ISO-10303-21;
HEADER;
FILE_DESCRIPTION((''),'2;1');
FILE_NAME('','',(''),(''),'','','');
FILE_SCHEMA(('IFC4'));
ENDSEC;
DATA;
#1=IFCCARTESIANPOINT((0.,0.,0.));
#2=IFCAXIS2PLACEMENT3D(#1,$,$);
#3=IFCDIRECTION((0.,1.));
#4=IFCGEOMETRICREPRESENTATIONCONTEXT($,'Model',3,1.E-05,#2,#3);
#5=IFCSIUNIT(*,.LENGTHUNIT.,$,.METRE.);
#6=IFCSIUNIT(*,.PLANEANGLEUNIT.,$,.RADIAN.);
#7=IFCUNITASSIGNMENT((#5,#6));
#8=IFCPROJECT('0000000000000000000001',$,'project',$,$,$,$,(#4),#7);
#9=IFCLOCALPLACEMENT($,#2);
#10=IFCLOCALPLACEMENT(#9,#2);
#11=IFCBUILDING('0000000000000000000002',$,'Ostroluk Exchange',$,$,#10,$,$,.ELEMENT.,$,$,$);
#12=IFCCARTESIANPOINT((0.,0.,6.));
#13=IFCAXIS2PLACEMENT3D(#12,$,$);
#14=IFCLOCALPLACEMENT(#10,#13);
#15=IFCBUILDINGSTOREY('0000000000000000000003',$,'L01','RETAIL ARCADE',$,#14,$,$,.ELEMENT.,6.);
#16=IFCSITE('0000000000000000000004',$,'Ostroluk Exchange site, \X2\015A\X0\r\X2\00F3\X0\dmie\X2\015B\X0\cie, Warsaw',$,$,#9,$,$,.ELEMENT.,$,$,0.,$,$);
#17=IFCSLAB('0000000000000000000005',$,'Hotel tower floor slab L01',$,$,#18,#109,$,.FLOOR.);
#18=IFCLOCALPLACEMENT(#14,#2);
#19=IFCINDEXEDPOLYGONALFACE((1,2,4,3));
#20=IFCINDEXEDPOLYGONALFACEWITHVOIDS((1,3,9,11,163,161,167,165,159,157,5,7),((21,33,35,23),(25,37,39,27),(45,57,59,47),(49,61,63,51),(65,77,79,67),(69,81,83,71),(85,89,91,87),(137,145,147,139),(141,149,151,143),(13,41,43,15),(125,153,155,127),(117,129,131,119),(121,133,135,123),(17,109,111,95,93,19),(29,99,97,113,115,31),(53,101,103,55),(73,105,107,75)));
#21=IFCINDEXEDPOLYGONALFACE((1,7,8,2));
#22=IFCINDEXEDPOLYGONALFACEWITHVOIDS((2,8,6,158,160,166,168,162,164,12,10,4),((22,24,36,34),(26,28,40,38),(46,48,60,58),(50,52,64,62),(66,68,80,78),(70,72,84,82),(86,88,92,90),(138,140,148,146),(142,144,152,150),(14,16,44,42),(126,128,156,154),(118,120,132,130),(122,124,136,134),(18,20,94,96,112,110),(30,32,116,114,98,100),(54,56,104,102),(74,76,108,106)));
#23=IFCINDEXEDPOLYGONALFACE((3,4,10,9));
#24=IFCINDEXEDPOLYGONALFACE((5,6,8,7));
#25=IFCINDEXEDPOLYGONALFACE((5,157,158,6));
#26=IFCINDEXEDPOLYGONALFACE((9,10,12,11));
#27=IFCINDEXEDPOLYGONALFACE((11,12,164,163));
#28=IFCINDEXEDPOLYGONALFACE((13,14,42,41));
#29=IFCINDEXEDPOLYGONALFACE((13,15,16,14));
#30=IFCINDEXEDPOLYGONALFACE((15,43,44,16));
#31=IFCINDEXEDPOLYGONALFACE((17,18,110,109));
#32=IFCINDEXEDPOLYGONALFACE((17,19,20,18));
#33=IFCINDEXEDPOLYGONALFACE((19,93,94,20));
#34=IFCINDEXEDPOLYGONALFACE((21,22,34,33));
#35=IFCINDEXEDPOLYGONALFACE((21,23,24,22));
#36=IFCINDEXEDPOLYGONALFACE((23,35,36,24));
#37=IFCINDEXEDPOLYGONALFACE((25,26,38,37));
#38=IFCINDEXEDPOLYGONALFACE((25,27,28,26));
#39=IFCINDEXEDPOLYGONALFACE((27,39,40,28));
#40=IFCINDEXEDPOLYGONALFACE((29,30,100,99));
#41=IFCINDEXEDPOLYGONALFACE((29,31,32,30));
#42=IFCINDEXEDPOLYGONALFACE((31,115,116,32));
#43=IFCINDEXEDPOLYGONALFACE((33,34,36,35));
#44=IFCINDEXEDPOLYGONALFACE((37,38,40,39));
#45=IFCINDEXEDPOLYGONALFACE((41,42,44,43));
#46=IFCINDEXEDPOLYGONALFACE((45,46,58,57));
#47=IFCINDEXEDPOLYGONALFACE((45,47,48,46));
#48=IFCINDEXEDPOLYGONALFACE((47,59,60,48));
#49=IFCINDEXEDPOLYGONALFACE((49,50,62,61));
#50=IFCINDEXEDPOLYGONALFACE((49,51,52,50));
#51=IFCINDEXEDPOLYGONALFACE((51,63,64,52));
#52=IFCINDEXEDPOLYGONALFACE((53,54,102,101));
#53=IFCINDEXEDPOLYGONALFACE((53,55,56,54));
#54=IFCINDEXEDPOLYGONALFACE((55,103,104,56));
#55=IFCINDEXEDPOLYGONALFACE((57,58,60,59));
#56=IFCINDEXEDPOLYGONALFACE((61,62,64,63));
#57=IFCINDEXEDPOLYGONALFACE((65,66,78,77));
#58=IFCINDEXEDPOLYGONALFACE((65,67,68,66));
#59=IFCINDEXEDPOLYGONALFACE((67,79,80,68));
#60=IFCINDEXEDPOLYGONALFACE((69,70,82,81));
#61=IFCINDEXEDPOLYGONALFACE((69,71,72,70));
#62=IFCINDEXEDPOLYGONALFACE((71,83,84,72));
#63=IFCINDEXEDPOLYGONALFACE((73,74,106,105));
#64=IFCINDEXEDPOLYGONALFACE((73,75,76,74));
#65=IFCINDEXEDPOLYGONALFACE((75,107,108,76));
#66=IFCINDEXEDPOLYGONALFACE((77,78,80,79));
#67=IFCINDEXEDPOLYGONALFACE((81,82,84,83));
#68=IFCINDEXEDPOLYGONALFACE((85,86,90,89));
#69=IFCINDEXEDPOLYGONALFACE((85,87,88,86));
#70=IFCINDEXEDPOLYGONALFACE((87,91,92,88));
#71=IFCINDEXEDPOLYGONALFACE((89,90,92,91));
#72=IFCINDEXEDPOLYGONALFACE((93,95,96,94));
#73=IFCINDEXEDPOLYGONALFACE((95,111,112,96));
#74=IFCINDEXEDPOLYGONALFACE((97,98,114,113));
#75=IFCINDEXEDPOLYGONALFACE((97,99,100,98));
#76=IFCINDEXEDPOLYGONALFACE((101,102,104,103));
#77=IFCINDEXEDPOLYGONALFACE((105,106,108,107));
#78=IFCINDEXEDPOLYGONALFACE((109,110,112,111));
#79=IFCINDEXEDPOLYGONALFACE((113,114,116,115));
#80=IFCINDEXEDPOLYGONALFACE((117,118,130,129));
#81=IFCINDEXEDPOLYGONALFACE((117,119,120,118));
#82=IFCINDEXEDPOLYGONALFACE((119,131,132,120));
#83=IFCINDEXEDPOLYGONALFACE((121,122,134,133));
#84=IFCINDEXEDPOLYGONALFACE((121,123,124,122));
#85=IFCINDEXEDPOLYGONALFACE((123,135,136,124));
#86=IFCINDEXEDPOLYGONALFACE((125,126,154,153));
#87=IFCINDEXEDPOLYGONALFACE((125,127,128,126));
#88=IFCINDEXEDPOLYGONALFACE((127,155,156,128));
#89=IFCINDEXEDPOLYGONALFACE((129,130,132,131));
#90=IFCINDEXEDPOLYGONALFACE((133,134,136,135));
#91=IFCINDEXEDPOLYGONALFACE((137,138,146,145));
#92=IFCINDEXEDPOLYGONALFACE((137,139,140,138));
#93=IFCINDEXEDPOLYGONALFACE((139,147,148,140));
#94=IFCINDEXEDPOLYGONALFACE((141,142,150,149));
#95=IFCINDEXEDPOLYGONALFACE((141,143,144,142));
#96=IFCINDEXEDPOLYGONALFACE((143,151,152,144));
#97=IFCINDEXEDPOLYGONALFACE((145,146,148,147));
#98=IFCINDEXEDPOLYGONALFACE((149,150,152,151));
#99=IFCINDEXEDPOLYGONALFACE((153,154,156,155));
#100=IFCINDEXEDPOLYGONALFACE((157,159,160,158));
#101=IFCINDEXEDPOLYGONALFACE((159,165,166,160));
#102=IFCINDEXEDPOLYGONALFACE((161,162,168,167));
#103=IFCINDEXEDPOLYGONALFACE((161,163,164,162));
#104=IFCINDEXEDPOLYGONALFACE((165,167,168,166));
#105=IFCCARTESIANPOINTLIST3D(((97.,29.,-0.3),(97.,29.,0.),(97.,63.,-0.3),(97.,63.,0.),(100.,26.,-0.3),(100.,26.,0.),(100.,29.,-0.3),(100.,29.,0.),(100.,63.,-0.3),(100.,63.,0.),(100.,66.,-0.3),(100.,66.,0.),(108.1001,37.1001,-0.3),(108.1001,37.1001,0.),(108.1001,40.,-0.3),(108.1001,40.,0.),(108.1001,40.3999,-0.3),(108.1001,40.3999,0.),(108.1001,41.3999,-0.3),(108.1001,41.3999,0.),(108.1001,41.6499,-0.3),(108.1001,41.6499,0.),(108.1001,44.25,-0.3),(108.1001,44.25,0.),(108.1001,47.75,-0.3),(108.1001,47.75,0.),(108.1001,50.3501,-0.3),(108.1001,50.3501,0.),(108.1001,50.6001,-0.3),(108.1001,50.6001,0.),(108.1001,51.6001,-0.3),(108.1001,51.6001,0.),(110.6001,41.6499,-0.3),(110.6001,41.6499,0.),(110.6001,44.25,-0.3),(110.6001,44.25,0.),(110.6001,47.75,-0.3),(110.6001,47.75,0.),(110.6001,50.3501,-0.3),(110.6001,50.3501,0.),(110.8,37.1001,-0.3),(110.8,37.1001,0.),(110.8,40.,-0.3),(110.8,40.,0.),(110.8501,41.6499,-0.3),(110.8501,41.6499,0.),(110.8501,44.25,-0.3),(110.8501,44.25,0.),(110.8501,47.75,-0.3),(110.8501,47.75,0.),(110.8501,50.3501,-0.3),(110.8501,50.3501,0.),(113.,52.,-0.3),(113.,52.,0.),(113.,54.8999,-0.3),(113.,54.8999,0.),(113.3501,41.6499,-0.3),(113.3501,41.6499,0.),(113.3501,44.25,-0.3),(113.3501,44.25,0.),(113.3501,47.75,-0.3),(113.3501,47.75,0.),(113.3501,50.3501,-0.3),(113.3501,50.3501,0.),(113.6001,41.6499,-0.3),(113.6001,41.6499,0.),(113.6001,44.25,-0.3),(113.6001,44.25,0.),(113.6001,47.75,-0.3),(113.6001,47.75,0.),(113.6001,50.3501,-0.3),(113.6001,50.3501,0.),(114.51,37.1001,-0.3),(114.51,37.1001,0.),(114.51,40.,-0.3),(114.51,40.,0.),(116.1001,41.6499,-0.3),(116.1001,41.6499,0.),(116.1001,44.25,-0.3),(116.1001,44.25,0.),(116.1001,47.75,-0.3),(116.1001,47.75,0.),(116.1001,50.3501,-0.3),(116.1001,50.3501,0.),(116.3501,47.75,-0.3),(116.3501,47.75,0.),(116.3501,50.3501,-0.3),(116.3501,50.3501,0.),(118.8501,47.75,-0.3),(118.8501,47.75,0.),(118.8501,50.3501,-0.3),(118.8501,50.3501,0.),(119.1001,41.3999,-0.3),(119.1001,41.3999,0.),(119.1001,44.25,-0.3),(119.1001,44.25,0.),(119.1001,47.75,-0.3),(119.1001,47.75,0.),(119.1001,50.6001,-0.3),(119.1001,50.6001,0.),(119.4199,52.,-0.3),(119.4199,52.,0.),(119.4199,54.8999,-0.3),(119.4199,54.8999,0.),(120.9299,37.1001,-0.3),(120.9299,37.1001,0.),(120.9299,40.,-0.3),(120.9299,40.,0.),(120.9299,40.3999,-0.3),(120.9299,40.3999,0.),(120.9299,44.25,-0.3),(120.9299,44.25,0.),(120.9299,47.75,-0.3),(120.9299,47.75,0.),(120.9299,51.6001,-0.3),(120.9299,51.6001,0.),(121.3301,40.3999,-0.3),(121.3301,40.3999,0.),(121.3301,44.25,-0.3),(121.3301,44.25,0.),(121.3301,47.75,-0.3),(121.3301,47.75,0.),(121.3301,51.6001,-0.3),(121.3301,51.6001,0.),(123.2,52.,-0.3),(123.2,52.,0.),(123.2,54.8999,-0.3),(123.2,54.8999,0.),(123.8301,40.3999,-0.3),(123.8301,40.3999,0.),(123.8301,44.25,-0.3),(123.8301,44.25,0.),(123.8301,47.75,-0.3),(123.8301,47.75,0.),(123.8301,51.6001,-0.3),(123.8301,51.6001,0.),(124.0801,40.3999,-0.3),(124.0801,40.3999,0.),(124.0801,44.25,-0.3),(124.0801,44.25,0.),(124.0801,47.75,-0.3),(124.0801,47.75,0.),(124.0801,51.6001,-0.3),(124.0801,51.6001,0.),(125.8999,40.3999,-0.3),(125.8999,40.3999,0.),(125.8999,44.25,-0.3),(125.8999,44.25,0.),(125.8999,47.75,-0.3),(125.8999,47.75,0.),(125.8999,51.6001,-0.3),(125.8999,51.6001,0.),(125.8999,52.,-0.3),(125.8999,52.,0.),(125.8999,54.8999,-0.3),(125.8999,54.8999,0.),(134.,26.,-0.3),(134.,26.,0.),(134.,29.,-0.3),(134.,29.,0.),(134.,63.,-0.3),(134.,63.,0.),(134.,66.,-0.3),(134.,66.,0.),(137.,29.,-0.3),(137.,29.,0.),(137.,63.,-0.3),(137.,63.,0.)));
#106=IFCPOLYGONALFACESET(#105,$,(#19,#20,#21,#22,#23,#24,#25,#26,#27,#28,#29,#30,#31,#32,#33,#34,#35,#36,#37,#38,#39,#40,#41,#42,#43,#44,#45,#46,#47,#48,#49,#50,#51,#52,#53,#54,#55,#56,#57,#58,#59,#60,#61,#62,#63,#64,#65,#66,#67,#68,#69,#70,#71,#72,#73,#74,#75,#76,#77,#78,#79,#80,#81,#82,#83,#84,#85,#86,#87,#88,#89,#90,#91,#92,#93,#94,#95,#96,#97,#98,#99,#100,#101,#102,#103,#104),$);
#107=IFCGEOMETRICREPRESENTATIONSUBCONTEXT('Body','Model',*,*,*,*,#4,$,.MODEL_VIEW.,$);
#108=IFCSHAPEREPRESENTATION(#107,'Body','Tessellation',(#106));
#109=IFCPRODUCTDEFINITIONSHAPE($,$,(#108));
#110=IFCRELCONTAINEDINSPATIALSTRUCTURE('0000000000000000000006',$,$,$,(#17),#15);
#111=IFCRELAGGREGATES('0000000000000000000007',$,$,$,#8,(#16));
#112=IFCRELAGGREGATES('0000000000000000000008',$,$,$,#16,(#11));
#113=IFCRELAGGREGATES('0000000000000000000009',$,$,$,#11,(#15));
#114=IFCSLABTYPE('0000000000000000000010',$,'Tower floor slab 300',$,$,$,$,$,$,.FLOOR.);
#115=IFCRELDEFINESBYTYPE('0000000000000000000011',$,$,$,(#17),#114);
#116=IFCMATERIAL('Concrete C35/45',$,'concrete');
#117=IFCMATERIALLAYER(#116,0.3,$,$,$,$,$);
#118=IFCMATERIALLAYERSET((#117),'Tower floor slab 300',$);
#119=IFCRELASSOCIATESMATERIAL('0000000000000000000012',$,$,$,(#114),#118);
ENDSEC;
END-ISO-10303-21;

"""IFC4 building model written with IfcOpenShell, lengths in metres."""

from ifc_helpers import new_model, si_unit, direction, frame, origin, place, context, subcontext, project, spatial, polyline, outline, extrude, material, layer, layer_set, type_object, element, save


model = new_model("IFC4")

# Units and contexts
model_context = context("Model", 3, precision=1e-05, world=origin(), true_north=direction((0.0, 1.0)))
body_context = subcontext(model_context, "Body", "Model", "MODEL_VIEW")
ifc_project = project(units=[si_unit("LENGTHUNIT", "METRE"), si_unit("PLANEANGLEUNIT", "RADIAN")], contexts=[model_context])

# Site, building, storey
site_placement = place(None, origin())
site = spatial("IfcSite", under=ifc_project, at=site_placement, Name="Ostroluk Exchange site, Śródmieście, Warsaw", CompositionType="ELEMENT", RefElevation=0.0)
building_placement = place(site_placement, origin())
building = spatial("IfcBuilding", under=site, at=building_placement, Name="Ostroluk Exchange", CompositionType="ELEMENT")
storey_placement = place(building_placement, frame((0.0, 0.0, 6.0)))
storey = spatial("IfcBuildingStorey", under=building, at=storey_placement, Name="L01", Description="RETAIL ARCADE", CompositionType="ELEMENT", Elevation=6.0)

# Slab
ifc_material_1 = material(Name="Concrete C35/45", Category="concrete")
ifc_layer_1 = layer(ifc_material_1, 0.3)
ifc_layer_set_1 = layer_set([ifc_layer_1], Name="Tower floor slab 300")
slab_type_1 = type_object("IfcSlabType", Name="Tower floor slab 300", PredefinedType="FLOOR", material=ifc_layer_set_1)
slab_1_placement = place(storey_placement, frame((0.0, 0.0, -0.3)))
element("IfcSlab", 1, at=slab_1_placement, inside=storey, type_object=slab_type_1, Name="Hotel tower floor slab L01", PredefinedType="FLOOR", context=body_context, shape_type="SweptSolid", body=[
    extrude(outline(polyline([(100.0, 26.0), (134.0, 26.0), (134.0, 29.0), (137.0, 29.0), (137.0, 63.0), (134.0, 63.0), (134.0, 66.0), (100.0, 66.0), (100.0, 63.0), (97.0, 63.0), (97.0, 29.0), (100.0, 29.0), (100.0, 26.0)]), holes=[polyline([(108.1001, 37.1001), (110.8, 37.1001), (110.8, 40.0), (108.1001, 40.0), (108.1001, 37.1001)]), polyline([(114.51, 37.1001), (120.9299, 37.1001), (120.9299, 40.0), (114.51, 40.0), (114.51, 37.1001)]), polyline([(113.0, 52.0), (119.4199, 52.0), (119.4199, 54.8999), (113.0, 54.8999), (113.0, 52.0)]), polyline([(123.2, 52.0), (125.8999, 52.0), (125.8999, 54.8999), (123.2, 54.8999), (123.2, 52.0)]), polyline([(108.1001, 47.75), (110.6001, 47.75), (110.6001, 50.3501), (108.1001, 50.3501), (108.1001, 47.75)]), polyline([(110.8501, 47.75), (113.3501, 47.75), (113.3501, 50.3501), (110.8501, 50.3501), (110.8501, 47.75)]), polyline([(113.6001, 47.75), (116.1001, 47.75), (116.1001, 50.3501), (113.6001, 50.3501), (113.6001, 47.75)]), polyline([(116.3501, 47.75), (118.8501, 47.75), (118.8501, 50.3501), (116.3501, 50.3501), (116.3501, 47.75)]), polyline([(108.1001, 41.6499), (110.6001, 41.6499), (110.6001, 44.25), (108.1001, 44.25), (108.1001, 41.6499)]), polyline([(110.8501, 41.6499), (113.3501, 41.6499), (113.3501, 44.25), (110.8501, 44.25), (110.8501, 41.6499)]), polyline([(113.6001, 41.6499), (116.1001, 41.6499), (116.1001, 44.25), (113.6001, 44.25), (113.6001, 41.6499)]), polyline([(121.3301, 47.75), (123.8301, 47.75), (123.8301, 51.6001), (121.3301, 51.6001), (121.3301, 47.75)]), polyline([(121.3301, 40.3999), (123.8301, 40.3999), (123.8301, 44.25), (121.3301, 44.25), (121.3301, 40.3999)]), polyline([(120.9299, 51.6001), (120.9299, 47.75), (119.1001, 47.75), (119.1001, 50.6001), (108.1001, 50.6001), (108.1001, 51.6001), (120.9299, 51.6001)]), polyline([(108.1001, 40.3999), (108.1001, 41.3999), (119.1001, 41.3999), (119.1001, 44.25), (120.9299, 44.25), (120.9299, 40.3999), (108.1001, 40.3999)]), polyline([(124.0801, 47.75), (125.8999, 47.75), (125.8999, 51.6001), (124.0801, 51.6001), (124.0801, 47.75)]), polyline([(124.0801, 40.3999), (125.8999, 40.3999), (125.8999, 44.25), (124.0801, 44.25), (124.0801, 40.3999)])]), origin(), (0.0, 0.0, 1.0), 0.3),
])

save(model, "model.ifc")
